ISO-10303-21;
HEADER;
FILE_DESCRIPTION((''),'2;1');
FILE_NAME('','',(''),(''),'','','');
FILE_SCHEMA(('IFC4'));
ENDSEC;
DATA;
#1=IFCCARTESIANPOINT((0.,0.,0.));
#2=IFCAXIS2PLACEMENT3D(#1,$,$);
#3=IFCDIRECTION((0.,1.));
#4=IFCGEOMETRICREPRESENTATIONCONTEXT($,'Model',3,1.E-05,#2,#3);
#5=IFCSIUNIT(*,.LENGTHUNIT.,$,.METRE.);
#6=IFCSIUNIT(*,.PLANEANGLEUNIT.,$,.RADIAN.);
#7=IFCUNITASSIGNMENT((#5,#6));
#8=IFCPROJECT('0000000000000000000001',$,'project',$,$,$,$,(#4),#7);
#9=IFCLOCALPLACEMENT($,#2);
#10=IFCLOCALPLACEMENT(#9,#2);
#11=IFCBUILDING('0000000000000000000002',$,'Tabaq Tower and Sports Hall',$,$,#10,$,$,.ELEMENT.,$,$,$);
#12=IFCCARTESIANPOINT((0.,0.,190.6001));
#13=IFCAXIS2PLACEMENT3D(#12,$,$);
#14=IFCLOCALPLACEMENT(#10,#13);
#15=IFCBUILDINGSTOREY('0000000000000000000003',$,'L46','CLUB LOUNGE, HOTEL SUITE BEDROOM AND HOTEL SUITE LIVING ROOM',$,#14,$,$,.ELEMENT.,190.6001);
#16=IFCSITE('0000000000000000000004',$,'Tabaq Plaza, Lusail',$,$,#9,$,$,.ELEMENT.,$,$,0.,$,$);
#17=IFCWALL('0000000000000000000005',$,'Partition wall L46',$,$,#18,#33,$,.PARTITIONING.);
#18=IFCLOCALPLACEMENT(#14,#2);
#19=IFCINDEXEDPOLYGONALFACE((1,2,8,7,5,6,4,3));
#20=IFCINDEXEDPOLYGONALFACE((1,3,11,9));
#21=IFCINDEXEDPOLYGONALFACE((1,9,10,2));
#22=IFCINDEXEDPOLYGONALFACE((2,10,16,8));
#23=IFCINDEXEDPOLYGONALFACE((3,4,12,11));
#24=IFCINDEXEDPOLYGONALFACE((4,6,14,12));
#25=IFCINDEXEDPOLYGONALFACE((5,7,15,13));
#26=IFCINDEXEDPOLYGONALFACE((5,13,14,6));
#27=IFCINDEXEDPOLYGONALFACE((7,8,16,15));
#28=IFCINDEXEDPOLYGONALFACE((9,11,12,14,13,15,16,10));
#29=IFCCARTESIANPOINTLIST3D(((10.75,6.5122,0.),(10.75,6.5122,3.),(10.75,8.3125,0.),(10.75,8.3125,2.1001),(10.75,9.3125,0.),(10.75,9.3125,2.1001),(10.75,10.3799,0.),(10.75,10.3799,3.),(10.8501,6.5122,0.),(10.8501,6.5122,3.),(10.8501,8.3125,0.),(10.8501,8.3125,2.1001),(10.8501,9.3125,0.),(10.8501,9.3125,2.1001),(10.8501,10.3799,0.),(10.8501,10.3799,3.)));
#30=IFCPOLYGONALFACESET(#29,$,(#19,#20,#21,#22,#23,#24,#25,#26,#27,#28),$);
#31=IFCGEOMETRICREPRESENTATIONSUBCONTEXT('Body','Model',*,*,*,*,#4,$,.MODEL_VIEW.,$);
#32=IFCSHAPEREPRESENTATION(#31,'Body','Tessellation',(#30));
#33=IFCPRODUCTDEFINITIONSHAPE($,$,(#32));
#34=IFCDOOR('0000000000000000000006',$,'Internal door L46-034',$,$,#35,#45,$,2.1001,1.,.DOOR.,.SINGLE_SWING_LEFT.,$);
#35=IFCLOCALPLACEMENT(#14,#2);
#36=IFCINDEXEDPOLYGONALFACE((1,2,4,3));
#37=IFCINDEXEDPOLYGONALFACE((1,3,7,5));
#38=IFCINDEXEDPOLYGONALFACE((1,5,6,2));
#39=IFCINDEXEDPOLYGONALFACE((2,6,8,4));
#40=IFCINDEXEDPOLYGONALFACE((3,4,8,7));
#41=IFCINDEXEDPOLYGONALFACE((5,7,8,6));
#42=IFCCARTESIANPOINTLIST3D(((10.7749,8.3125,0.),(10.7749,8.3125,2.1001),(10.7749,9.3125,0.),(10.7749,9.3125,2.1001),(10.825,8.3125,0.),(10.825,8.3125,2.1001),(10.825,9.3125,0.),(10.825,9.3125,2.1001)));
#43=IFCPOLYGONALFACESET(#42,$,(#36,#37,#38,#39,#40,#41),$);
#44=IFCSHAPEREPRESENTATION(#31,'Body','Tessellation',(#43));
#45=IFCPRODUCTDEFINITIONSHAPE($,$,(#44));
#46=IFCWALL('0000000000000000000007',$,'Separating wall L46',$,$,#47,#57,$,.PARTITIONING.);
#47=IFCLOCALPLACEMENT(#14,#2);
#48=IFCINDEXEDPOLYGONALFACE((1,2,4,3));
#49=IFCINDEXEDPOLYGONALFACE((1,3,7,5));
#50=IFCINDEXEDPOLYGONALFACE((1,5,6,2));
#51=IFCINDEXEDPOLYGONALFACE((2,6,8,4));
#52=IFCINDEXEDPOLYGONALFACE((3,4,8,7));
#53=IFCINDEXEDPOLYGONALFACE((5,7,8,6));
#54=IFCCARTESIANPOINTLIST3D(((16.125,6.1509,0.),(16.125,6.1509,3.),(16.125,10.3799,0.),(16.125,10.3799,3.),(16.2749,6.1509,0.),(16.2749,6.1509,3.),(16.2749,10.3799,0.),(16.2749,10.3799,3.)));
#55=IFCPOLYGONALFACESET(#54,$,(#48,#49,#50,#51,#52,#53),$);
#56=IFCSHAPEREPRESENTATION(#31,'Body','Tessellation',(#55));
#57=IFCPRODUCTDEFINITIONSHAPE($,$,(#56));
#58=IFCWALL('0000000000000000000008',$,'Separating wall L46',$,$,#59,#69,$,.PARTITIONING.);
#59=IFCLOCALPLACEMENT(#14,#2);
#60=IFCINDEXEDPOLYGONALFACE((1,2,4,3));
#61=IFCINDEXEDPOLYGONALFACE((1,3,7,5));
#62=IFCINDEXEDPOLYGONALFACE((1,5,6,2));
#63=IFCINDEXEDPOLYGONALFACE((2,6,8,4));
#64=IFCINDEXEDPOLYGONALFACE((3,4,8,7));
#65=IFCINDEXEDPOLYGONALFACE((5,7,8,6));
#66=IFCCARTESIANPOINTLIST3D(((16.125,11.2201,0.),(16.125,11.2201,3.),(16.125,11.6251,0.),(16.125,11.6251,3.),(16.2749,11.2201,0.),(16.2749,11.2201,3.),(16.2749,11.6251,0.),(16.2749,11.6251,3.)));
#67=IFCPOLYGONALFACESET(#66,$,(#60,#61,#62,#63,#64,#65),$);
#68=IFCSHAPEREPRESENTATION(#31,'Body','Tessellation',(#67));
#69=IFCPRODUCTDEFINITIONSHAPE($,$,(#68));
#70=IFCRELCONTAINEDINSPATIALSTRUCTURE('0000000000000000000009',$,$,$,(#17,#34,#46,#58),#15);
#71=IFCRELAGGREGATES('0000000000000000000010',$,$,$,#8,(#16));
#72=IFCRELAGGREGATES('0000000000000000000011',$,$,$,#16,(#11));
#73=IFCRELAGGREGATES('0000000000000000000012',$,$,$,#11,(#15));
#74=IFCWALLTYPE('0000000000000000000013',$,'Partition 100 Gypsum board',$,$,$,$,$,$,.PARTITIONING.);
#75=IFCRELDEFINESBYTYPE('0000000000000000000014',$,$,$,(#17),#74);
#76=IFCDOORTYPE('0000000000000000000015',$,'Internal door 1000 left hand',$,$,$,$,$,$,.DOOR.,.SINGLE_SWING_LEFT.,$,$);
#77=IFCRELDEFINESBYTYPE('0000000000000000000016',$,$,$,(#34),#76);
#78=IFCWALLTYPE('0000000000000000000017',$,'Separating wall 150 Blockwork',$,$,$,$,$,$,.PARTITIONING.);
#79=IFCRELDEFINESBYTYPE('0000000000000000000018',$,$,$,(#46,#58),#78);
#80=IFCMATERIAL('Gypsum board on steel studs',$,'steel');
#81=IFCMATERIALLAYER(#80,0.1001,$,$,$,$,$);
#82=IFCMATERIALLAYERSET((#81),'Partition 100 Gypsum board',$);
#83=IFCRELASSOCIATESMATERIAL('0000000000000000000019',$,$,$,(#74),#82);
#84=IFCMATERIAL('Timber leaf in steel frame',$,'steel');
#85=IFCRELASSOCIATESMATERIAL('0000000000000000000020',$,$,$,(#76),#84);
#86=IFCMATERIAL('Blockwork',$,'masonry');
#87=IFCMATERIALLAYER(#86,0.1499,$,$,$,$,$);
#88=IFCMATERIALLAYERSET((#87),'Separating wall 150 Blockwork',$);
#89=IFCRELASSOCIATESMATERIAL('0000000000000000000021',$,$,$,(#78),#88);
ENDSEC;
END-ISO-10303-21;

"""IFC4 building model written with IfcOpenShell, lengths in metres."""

from ifc_helpers import new_model, si_unit, direction, frame, frame_2d, origin, place, context, subcontext, project, spatial, rectangle, extrude, material, layer, layer_set, type_object, element, fill, save


model = new_model("IFC4")

# Units and contexts
model_context = context("Model", 3, precision=1e-05, world=origin(), true_north=direction((0.0, 1.0)))
body_context = subcontext(model_context, "Body", "Model", "MODEL_VIEW")
ifc_project = project(units=[si_unit("LENGTHUNIT", "METRE"), si_unit("PLANEANGLEUNIT", "RADIAN")], contexts=[model_context])

# Site, building, storey
site_placement = place(None, origin())
site = spatial("IfcSite", under=ifc_project, at=site_placement, Name="Tabaq Plaza, Lusail", CompositionType="ELEMENT", RefElevation=0.0)
building_placement = place(site_placement, origin())
building = spatial("IfcBuilding", under=site, at=building_placement, Name="Tabaq Tower and Sports Hall", CompositionType="ELEMENT")
storey_placement = place(building_placement, frame((0.0, 0.0, 190.6001)))
storey = spatial("IfcBuildingStorey", under=building, at=storey_placement, Name="L46", Description="CLUB LOUNGE, HOTEL SUITE BEDROOM AND HOTEL SUITE LIVING ROOM", CompositionType="ELEMENT", Elevation=190.6001)

# Shared definitions
ifc_material_1 = material(Name="Gypsum board on steel studs", Category="steel")
ifc_layer_1 = layer(ifc_material_1, 0.1001)
ifc_layer_set_1 = layer_set([ifc_layer_1], Name="Partition 100 Gypsum board")
wall_type_1 = type_object("IfcWallType", Name="Partition 100 Gypsum board", PredefinedType="PARTITIONING", material=ifc_layer_set_1)

# Wall, opening, door
wall_1_placement = place(storey_placement, frame((10.8, 10.3799, 0.0), z_axis=(0.0, 0.0, 1.0), x_axis=(0.0, -1.0, 0.0)))
wall_1 = element("IfcWall", 1, at=wall_1_placement, inside=storey, type_object=wall_type_1, Name="Partition wall L46", PredefinedType="PARTITIONING", context=body_context, shape_type="SweptSolid", body=[
    extrude(rectangle(XDim=3.8677, YDim=0.1001, at=frame_2d((1.9338, 0.0))), origin(), (0.0, 0.0, 1.0), 3.0),
])
opening_1_placement = place(wall_1_placement, frame((1.0674, 0.0, 0.0)))
opening_1 = element("IfcOpeningElement", 2, at=opening_1_placement, cuts=wall_1, PredefinedType="OPENING", context=body_context, shape_type="SweptSolid", body=[
    extrude(rectangle(XDim=1.0, YDim=2.1001, at=frame_2d((0.5, 1.05))), frame((0.0, 0.05, 0.0), z_axis=(0.0, -1.0, 0.0), x_axis=(1.0, 0.0, 0.0)), (0.0, 0.0, 1.0), 0.1001),
])
ifc_material_2 = material(Name="Timber leaf in steel frame", Category="steel")
door_type_1 = type_object("IfcDoorType", Name="Internal door 1000 left hand", OperationType="SINGLE_SWING_LEFT", PredefinedType="DOOR", material=ifc_material_2)
door_1_placement = place(opening_1_placement, origin())
door_1 = element("IfcDoor", 3, at=door_1_placement, inside=storey, type_object=door_type_1, Name="Internal door L46-034", OperationType="SINGLE_SWING_LEFT", OverallHeight=2.1001, OverallWidth=1.0, PredefinedType="DOOR", context=body_context, shape_type="SweptSolid", body=[
    extrude(rectangle(XDim=1.0, YDim=2.1001, at=frame_2d((0.5, 1.05))), frame((0.0, 0.0249, 0.0), z_axis=(0.0, -1.0, 0.0), x_axis=(1.0, 0.0, 0.0)), (0.0, 0.0, 1.0), 0.05),
])
fill(opening_1, door_1)

# Walls
ifc_material_3 = material(Name="Blockwork", Category="masonry")
ifc_layer_2 = layer(ifc_material_3, 0.1499)
ifc_layer_set_2 = layer_set([ifc_layer_2], Name="Separating wall 150 Blockwork")
wall_type_2 = type_object("IfcWallType", Name="Separating wall 150 Blockwork", PredefinedType="PARTITIONING", material=ifc_layer_set_2)
wall_2_placement = place(storey_placement, frame((16.2, 6.1509, 0.0), z_axis=(0.0, 0.0, 1.0), x_axis=(0.0, 1.0, 0.0)))
element("IfcWall", 4, at=wall_2_placement, inside=storey, type_object=wall_type_2, Name="Separating wall L46", PredefinedType="PARTITIONING", context=body_context, shape_type="SweptSolid", body=[
    extrude(rectangle(XDim=4.229, YDim=0.1499, at=frame_2d((2.1145, 0.0))), origin(), (0.0, 0.0, 1.0), 3.0),
])
wall_3_placement = place(storey_placement, frame((16.2, 11.22, 0.0), z_axis=(0.0, 0.0, 1.0), x_axis=(0.0, 1.0, 0.0)))
element("IfcWall", 5, at=wall_3_placement, inside=storey, type_object=wall_type_2, Name="Separating wall L46", PredefinedType="PARTITIONING", context=body_context, shape_type="SweptSolid", body=[
    extrude(rectangle(XDim=0.405, YDim=0.1499, at=frame_2d((0.2026, 0.0))), origin(), (0.0, 0.0, 1.0), 3.0),
])

save(model, "model.ifc")
